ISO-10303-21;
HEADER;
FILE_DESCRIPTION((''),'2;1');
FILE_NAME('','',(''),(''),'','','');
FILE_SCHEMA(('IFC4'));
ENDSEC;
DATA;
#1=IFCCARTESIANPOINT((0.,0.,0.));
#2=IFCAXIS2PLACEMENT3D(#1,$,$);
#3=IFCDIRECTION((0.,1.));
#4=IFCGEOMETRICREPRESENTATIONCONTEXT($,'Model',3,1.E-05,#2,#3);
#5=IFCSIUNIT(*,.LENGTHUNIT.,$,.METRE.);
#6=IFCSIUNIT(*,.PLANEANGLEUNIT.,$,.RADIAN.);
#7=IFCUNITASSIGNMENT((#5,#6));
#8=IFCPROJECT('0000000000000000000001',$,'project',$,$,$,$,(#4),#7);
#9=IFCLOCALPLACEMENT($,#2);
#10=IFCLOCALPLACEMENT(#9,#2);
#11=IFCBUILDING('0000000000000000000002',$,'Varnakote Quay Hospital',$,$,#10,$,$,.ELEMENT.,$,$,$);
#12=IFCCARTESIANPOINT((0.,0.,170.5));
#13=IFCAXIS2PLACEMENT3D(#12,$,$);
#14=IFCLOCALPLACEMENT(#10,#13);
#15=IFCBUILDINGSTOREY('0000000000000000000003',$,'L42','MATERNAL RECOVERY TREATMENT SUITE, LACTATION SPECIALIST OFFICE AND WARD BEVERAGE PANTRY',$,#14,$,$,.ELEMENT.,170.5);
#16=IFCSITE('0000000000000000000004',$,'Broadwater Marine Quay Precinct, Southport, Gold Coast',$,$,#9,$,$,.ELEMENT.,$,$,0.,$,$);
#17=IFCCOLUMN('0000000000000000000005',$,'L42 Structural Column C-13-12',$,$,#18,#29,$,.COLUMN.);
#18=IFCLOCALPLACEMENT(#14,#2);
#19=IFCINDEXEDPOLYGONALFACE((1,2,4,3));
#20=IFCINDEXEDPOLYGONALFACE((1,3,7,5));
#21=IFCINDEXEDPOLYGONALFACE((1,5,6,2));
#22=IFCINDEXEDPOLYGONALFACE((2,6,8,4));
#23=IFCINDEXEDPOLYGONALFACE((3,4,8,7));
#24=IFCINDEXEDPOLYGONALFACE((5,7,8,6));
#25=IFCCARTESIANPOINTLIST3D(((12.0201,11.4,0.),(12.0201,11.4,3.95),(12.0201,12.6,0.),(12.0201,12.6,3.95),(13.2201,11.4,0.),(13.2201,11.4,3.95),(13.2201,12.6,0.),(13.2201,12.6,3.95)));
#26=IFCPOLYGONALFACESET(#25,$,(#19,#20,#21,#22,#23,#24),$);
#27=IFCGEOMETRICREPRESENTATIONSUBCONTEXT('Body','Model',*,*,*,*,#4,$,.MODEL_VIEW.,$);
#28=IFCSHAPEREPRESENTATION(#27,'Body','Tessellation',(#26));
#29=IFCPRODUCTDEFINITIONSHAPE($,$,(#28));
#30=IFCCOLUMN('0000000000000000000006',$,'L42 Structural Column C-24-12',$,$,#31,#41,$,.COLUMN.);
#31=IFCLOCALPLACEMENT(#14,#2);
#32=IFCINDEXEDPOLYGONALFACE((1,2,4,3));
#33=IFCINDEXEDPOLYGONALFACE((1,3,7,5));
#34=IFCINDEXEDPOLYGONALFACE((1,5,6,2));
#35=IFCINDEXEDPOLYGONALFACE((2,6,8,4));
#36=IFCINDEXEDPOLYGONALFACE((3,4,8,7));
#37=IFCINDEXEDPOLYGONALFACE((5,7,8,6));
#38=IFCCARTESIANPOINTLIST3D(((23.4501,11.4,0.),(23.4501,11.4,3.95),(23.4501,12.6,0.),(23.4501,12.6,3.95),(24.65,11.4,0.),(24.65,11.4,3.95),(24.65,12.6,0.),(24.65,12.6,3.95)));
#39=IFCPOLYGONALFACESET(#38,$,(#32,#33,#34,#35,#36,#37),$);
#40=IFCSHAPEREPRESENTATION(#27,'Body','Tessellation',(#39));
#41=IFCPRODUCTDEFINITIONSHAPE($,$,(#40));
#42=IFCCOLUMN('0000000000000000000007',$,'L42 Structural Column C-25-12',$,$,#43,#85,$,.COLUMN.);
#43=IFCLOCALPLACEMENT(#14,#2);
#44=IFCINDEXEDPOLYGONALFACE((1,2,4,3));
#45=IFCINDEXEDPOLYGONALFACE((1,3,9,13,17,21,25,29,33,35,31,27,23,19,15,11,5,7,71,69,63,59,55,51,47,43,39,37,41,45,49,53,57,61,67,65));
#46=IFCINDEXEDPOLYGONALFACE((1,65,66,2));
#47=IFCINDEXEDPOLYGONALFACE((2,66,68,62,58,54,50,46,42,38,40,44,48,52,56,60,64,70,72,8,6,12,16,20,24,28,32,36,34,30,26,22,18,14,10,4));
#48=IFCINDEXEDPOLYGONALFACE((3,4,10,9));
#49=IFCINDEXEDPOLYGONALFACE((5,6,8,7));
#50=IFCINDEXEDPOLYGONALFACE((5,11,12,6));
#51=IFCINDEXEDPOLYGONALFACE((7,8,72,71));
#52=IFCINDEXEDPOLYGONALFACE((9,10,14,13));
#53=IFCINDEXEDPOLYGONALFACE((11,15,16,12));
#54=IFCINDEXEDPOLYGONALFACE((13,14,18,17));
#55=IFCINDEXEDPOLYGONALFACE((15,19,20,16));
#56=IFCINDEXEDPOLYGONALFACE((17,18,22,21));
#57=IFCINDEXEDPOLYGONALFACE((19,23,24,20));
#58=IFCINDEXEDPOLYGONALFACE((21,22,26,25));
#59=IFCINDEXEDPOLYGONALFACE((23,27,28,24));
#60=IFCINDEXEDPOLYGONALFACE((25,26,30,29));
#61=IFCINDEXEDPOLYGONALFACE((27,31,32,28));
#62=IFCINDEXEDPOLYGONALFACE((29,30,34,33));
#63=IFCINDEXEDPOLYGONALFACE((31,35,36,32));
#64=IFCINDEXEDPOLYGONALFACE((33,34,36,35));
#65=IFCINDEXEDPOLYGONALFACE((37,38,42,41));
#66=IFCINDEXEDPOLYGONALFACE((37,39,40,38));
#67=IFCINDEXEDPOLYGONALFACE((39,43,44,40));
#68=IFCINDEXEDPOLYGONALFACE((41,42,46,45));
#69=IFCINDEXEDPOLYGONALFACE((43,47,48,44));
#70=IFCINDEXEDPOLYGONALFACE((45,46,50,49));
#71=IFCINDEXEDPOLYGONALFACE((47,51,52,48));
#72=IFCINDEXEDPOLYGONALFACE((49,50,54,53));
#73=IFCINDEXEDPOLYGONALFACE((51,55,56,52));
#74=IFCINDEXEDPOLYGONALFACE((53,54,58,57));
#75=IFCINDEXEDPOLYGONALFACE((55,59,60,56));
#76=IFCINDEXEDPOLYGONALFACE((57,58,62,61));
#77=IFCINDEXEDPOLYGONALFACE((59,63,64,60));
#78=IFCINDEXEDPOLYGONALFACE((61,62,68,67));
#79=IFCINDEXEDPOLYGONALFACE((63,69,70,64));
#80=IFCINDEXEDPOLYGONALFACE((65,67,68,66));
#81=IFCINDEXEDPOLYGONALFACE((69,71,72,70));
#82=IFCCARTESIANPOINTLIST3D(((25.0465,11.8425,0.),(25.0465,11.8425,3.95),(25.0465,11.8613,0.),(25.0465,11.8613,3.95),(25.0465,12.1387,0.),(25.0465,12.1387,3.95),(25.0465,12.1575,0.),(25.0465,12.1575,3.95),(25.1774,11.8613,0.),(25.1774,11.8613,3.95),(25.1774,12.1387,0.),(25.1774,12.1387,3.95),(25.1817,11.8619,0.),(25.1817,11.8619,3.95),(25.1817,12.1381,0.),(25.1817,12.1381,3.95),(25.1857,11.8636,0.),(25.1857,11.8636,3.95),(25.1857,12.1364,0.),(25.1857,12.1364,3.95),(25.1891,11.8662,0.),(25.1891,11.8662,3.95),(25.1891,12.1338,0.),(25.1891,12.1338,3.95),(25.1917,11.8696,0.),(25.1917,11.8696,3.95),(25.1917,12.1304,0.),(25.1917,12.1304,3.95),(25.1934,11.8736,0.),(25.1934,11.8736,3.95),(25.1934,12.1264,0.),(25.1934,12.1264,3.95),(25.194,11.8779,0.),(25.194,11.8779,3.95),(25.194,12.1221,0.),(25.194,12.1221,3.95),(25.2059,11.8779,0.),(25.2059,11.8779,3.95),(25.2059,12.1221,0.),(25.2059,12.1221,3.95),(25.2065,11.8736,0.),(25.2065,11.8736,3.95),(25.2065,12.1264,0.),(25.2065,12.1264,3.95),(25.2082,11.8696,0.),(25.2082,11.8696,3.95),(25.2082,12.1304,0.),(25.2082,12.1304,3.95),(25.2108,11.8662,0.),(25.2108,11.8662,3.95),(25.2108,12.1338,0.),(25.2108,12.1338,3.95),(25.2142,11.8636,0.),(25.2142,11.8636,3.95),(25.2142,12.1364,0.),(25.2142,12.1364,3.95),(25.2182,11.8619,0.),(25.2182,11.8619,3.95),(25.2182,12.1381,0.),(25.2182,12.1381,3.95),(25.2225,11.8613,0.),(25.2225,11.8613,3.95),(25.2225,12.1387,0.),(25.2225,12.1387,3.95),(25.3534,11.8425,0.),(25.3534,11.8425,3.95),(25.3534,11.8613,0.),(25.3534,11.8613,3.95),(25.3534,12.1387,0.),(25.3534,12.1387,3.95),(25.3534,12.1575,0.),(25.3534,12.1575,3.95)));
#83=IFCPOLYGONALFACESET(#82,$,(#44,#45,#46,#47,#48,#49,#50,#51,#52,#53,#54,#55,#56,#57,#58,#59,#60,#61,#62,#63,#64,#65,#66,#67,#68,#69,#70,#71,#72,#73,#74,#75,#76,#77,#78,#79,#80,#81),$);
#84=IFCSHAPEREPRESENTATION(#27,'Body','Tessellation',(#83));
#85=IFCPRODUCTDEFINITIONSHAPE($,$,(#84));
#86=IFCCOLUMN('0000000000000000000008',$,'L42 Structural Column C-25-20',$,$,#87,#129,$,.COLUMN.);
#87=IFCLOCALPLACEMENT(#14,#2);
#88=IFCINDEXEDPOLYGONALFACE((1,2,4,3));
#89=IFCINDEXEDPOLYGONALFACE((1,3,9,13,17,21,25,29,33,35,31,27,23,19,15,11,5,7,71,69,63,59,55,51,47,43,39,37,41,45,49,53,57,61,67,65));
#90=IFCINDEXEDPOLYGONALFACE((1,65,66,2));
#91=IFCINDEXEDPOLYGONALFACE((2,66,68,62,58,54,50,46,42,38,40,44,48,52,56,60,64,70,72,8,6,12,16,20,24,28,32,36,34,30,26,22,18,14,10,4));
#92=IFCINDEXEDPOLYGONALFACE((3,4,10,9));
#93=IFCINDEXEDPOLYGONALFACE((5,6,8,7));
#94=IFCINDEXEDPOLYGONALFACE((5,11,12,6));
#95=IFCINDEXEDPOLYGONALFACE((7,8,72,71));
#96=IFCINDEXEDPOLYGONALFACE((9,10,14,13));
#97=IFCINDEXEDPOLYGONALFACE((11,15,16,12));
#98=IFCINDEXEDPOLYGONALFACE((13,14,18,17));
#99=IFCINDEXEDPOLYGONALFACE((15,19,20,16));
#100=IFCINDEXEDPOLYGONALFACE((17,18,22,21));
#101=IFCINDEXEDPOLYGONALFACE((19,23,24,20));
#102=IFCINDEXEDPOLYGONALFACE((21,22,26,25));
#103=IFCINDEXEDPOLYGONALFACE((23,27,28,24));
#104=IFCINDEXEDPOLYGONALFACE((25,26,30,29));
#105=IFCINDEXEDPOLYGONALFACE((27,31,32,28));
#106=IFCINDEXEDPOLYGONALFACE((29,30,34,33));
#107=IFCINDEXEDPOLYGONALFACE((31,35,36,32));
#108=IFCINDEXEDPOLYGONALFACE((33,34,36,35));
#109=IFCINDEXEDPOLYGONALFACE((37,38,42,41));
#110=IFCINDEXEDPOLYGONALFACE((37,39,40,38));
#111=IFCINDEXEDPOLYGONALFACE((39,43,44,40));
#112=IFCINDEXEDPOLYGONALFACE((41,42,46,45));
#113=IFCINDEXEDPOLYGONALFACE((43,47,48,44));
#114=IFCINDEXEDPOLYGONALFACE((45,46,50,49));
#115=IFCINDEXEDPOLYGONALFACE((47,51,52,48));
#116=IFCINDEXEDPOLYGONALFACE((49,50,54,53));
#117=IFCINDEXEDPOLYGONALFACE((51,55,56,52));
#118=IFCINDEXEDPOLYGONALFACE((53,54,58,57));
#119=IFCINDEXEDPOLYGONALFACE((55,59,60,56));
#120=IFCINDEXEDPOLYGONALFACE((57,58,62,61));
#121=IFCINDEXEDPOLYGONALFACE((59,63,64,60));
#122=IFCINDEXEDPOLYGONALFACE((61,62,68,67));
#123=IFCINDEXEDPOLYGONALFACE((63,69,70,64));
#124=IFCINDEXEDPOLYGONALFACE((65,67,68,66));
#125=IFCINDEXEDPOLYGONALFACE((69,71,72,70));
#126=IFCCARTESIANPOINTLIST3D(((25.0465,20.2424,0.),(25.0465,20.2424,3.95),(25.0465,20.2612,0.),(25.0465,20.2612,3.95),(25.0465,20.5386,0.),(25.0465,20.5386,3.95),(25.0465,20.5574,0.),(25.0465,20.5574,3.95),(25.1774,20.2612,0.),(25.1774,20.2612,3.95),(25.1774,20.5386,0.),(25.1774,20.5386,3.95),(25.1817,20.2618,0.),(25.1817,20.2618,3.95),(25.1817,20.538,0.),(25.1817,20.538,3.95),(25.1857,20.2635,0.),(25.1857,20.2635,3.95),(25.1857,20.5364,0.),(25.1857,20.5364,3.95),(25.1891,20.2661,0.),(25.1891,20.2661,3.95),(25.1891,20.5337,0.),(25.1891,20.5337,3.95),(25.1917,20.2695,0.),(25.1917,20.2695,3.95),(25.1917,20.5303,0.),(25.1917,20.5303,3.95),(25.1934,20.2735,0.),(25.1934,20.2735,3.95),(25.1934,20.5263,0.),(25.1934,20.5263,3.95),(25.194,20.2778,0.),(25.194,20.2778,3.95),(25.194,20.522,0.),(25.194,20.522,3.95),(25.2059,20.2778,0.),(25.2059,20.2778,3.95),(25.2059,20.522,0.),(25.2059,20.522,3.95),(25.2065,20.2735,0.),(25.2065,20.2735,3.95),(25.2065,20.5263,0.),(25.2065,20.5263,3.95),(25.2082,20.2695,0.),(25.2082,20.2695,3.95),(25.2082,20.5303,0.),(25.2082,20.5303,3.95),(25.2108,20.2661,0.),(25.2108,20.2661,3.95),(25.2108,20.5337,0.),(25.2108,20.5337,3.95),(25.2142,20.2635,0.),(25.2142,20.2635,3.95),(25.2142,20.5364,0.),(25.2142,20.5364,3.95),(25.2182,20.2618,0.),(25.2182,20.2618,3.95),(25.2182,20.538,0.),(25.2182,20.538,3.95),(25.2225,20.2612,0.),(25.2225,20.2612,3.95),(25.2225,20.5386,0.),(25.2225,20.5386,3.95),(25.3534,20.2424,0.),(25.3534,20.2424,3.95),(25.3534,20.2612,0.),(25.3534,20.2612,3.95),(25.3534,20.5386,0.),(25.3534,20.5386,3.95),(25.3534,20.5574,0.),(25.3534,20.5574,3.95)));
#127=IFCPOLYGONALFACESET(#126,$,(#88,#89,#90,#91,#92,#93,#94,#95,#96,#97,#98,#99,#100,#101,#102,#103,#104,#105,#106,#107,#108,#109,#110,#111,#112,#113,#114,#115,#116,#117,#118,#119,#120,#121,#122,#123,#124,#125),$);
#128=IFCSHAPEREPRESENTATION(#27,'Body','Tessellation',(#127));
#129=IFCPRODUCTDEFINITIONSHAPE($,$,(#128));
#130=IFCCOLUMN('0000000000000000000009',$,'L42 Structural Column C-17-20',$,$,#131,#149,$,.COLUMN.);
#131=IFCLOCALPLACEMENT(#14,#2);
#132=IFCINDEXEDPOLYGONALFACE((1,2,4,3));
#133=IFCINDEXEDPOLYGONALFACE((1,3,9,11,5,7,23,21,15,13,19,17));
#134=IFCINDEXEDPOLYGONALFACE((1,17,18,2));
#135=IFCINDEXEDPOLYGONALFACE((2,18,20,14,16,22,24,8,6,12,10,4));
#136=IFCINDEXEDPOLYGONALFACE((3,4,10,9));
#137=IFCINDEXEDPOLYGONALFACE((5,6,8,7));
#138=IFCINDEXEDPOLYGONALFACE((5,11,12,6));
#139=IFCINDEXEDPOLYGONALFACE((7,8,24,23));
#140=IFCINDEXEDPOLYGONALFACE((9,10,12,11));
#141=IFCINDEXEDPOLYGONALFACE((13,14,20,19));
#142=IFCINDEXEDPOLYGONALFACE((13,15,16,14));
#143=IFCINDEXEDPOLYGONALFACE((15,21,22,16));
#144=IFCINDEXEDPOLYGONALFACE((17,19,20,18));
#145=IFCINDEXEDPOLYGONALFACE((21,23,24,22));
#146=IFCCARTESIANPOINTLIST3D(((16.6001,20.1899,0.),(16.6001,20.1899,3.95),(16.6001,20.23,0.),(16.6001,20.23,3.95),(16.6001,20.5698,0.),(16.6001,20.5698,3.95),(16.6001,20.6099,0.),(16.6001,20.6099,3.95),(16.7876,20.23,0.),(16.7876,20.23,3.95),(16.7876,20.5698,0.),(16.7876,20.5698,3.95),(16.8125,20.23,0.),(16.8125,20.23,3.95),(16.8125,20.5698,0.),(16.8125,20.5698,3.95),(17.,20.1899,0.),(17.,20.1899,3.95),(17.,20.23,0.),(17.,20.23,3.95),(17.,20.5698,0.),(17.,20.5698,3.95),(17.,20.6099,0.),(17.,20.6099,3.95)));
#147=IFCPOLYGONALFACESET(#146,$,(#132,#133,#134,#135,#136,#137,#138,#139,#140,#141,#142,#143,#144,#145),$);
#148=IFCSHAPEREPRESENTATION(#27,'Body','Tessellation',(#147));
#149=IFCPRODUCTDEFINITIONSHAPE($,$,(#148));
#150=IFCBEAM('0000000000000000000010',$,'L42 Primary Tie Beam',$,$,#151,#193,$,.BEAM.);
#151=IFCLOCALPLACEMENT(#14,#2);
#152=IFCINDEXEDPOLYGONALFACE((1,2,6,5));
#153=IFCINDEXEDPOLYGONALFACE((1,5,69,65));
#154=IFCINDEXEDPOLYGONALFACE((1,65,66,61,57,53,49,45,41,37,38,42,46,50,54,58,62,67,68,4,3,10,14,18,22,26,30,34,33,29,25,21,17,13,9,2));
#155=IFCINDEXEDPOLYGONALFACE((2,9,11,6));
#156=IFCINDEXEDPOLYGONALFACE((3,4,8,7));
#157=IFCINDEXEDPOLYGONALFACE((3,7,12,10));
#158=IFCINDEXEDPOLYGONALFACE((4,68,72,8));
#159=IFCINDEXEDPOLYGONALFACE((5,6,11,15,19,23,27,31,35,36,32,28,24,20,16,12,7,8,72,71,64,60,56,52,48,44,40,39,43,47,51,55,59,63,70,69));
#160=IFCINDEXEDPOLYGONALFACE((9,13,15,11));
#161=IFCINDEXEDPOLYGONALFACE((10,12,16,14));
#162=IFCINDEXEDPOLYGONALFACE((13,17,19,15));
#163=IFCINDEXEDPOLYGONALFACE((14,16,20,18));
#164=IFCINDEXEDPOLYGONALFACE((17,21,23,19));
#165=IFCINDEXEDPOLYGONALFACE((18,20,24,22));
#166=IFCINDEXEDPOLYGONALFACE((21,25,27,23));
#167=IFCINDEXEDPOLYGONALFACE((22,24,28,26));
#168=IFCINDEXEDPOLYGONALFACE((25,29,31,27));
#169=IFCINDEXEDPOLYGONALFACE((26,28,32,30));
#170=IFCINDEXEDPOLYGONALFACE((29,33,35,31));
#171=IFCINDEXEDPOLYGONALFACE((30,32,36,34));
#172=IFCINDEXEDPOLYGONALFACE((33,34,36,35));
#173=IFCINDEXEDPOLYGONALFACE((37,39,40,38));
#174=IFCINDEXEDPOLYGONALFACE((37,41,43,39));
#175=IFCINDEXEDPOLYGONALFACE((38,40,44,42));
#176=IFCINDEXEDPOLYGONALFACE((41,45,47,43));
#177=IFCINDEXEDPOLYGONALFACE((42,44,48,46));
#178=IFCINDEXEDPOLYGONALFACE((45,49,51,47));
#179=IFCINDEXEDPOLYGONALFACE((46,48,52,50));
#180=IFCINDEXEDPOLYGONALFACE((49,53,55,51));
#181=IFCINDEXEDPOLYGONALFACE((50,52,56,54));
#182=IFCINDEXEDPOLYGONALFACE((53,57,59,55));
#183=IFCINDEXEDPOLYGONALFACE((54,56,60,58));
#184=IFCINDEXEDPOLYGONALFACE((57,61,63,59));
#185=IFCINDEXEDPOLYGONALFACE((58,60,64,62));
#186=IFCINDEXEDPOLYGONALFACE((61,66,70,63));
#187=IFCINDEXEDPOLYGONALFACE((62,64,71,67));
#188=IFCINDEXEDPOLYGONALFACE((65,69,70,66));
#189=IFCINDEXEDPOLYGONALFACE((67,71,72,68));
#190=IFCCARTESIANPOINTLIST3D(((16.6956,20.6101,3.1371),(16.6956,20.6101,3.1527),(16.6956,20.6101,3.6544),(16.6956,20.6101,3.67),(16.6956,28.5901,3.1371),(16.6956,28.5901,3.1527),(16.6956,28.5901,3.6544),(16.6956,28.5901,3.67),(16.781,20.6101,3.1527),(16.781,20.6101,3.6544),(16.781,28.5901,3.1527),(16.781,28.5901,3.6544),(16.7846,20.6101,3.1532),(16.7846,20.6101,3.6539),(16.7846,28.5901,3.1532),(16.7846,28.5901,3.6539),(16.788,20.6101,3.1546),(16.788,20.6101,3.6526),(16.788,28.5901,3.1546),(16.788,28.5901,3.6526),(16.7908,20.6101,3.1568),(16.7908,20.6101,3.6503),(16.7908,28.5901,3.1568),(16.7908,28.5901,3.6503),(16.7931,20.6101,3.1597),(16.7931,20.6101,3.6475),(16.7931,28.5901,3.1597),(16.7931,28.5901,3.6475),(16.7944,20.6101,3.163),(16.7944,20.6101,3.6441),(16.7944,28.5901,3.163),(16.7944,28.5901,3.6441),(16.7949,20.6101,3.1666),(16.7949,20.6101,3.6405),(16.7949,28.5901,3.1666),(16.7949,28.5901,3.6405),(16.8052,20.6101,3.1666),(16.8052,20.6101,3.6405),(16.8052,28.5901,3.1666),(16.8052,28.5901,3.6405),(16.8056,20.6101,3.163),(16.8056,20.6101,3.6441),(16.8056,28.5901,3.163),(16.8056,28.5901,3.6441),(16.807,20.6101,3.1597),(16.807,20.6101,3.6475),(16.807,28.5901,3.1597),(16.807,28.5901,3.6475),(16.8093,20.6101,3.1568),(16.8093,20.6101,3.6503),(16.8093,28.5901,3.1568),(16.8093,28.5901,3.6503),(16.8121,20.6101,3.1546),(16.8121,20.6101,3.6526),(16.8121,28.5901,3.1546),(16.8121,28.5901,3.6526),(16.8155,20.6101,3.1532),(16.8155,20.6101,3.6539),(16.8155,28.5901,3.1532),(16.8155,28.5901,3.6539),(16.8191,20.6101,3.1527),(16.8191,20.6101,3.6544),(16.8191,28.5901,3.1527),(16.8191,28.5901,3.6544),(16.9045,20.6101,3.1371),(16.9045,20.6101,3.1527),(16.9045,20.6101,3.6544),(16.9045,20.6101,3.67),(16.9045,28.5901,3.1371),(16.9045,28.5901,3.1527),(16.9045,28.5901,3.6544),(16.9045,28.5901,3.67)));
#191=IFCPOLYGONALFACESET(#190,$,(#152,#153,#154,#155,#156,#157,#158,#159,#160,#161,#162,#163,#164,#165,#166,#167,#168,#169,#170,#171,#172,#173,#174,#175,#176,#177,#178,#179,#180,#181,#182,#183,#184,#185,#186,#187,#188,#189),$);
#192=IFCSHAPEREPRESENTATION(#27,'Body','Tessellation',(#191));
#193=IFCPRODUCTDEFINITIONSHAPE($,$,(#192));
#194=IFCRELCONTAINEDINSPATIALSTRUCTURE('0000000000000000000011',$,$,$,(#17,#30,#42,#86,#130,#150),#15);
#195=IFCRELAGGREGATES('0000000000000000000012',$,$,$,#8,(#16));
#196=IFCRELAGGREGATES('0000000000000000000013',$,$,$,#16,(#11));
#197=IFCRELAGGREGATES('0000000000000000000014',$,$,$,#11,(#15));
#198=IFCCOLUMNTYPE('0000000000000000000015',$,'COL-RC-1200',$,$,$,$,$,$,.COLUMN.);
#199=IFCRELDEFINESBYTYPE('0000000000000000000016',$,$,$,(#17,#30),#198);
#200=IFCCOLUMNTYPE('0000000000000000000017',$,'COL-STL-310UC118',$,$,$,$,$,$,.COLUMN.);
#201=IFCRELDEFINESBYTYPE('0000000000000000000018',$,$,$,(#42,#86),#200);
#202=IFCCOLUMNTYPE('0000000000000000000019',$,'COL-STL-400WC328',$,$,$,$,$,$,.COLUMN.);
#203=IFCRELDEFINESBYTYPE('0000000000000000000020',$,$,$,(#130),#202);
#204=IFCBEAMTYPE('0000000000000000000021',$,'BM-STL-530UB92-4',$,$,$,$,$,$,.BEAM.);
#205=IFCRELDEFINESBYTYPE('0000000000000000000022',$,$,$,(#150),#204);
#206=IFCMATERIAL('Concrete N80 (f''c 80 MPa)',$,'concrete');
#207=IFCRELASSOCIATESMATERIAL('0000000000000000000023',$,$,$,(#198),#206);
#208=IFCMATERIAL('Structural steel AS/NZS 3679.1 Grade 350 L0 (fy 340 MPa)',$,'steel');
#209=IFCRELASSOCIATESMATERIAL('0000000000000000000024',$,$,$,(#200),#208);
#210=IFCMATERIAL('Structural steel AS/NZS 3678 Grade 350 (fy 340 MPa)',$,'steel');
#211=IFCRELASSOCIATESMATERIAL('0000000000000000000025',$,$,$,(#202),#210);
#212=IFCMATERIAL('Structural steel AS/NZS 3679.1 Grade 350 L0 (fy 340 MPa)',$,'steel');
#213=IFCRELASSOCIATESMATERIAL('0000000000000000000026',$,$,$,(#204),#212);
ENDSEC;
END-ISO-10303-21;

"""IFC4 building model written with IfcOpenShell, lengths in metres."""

from ifc_helpers import new_model, si_unit, direction, frame, origin, origin_2d, place, context, subcontext, project, spatial, rectangle, i_section, extrude, material, material_profile, profile_set, type_object, element, save


model = new_model("IFC4")

# Units and contexts
model_context = context("Model", 3, precision=1e-05, world=origin(), true_north=direction((0.0, 1.0)))
body_context = subcontext(model_context, "Body", "Model", "MODEL_VIEW")
ifc_project = project(units=[si_unit("LENGTHUNIT", "METRE"), si_unit("PLANEANGLEUNIT", "RADIAN")], contexts=[model_context])

# Site, building, storey
site_placement = place(None, origin())
site = spatial("IfcSite", under=ifc_project, at=site_placement, Name="Broadwater Marine Quay Precinct, Southport, Gold Coast", CompositionType="ELEMENT", RefElevation=0.0)
building_placement = place(site_placement, origin())
building = spatial("IfcBuilding", under=site, at=building_placement, Name="Varnakote Quay Hospital", CompositionType="ELEMENT")
storey_placement = place(building_placement, frame((0.0, 0.0, 170.5)))
storey = spatial("IfcBuildingStorey", under=building, at=storey_placement, Name="L42", Description="MATERNAL RECOVERY TREATMENT SUITE, LACTATION SPECIALIST OFFICE AND WARD BEVERAGE PANTRY", CompositionType="ELEMENT", Elevation=170.5)

# Columns
ifc_material_1 = material(Name="Concrete N80 (f'c 80 MPa)", Category="concrete")
ifc_material_profile_1 = material_profile(ifc_material_1, rectangle(XDim=1.2, YDim=1.2, at=origin_2d()), Name="RC-COL-1200x1200")
ifc_profile_set_1 = profile_set([ifc_material_profile_1], Name="Concrete N80 (f'c 80 MPa)")
column_type_1 = type_object("IfcColumnType", Name="COL-RC-1200", PredefinedType="COLUMN", material=ifc_profile_set_1)
for number, where, z_axis, x_axis, name in (
    (1, (12.6201, 12.0, 0.0), (0.0, 0.0, 1.0), (1.0, 0.0, 0.0), "L42 Structural Column C-13-12"),
    (2, (24.05, 12.0, 0.0), (0.0, 0.0, 1.0), (1.0, 0.0, 0.0), "L42 Structural Column C-24-12"),
):
    element("IfcColumn", number, at=place(storey_placement, frame(where, z_axis=z_axis, x_axis=x_axis)), inside=storey, type_object=column_type_1, Name=name, PredefinedType="COLUMN", context=body_context, shape_type="SweptSolid", body=[
        extrude(rectangle(XDim=1.2, YDim=1.2, at=origin_2d()), origin(), (0.0, 0.0, 1.0), 3.95),
    ])
ifc_material_2 = material(Name="Structural steel AS/NZS 3679.1 Grade 350 L0 (fy 340 MPa)", Category="steel")
ifc_material_profile_2 = material_profile(ifc_material_2, i_section(OverallWidth=0.3069, OverallDepth=0.3149, WebThickness=0.012, FlangeThickness=0.0188, FilletRadius=0.0166, at=origin_2d()), Name="310UC118")
ifc_profile_set_2 = profile_set([ifc_material_profile_2], Name="Structural steel AS/NZS 3679.1 Grade 350 L0 (fy 340 MPa)")
column_type_2 = type_object("IfcColumnType", Name="COL-STL-310UC118", PredefinedType="COLUMN", material=ifc_profile_set_2)
for number, where, z_axis, x_axis, name in (
    (3, (25.2, 12.0, 0.0), (0.0, 0.0, 1.0), (1.0, 0.0, 0.0), "L42 Structural Column C-25-12"),
    (4, (25.2, 20.3999, 0.0), (0.0, 0.0, 1.0), (1.0, 0.0, 0.0), "L42 Structural Column C-25-20"),
):
    element("IfcColumn", number, at=place(storey_placement, frame(where, z_axis=z_axis, x_axis=x_axis)), inside=storey, type_object=column_type_2, Name=name, PredefinedType="COLUMN", context=body_context, shape_type="SweptSolid", body=[
        extrude(i_section(OverallWidth=0.3069, OverallDepth=0.3149, WebThickness=0.012, FlangeThickness=0.0188, FilletRadius=0.0166, at=origin_2d()), origin(), (0.0, 0.0, 1.0), 3.95),
    ])
ifc_material_3 = material(Name="Structural steel AS/NZS 3678 Grade 350 (fy 340 MPa)", Category="steel")
ifc_material_profile_3 = material_profile(ifc_material_3, i_section(OverallWidth=0.3999, OverallDepth=0.4199, WebThickness=0.0249, FlangeThickness=0.04, at=origin_2d()), Name="400WC328")
ifc_profile_set_3 = profile_set([ifc_material_profile_3], Name="Structural steel AS/NZS 3678 Grade 350 (fy 340 MPa)")
column_type_3 = type_object("IfcColumnType", Name="COL-STL-400WC328", PredefinedType="COLUMN", material=ifc_profile_set_3)
column_placement = place(storey_placement, frame((16.8, 20.3999, 0.0), z_axis=(0.0, 0.0, 1.0), x_axis=(1.0, 0.0, 0.0)))
element("IfcColumn", 5, at=column_placement, inside=storey, type_object=column_type_3, Name="L42 Structural Column C-17-20", PredefinedType="COLUMN", context=body_context, shape_type="SweptSolid", body=[
    extrude(i_section(OverallWidth=0.3999, OverallDepth=0.4199, WebThickness=0.0249, FlangeThickness=0.04, at=origin_2d()), origin(), (0.0, 0.0, 1.0), 3.95),
])

# Beam
ifc_material_4 = material(Name="Structural steel AS/NZS 3679.1 Grade 350 L0 (fy 340 MPa)", Category="steel")
ifc_material_profile_4 = material_profile(ifc_material_4, i_section(OverallWidth=0.209, OverallDepth=0.533, WebThickness=0.0103, FlangeThickness=0.0156, FilletRadius=0.0139, at=origin_2d()), Name="530UB92.4")
ifc_profile_set_4 = profile_set([ifc_material_profile_4], Name="Structural steel AS/NZS 3679.1 Grade 350 L0 (fy 340 MPa)")
beam_type_1 = type_object("IfcBeamType", Name="BM-STL-530UB92-4", PredefinedType="BEAM", material=ifc_profile_set_4)
beam_1_placement = place(storey_placement, frame((16.8, 20.6101, 3.4036), z_axis=(0.0, 1.0, 0.0), x_axis=(-1.0, 0.0, 0.0)))
element("IfcBeam", 6, at=beam_1_placement, inside=storey, type_object=beam_type_1, Name="L42 Primary Tie Beam", PredefinedType="BEAM", context=body_context, shape_type="SweptSolid", body=[
    extrude(i_section(OverallWidth=0.209, OverallDepth=0.533, WebThickness=0.0103, FlangeThickness=0.0156, FilletRadius=0.0139, at=origin_2d()), origin(), (0.0, 0.0, 1.0), 7.98),
])

save(model, "model.ifc")
